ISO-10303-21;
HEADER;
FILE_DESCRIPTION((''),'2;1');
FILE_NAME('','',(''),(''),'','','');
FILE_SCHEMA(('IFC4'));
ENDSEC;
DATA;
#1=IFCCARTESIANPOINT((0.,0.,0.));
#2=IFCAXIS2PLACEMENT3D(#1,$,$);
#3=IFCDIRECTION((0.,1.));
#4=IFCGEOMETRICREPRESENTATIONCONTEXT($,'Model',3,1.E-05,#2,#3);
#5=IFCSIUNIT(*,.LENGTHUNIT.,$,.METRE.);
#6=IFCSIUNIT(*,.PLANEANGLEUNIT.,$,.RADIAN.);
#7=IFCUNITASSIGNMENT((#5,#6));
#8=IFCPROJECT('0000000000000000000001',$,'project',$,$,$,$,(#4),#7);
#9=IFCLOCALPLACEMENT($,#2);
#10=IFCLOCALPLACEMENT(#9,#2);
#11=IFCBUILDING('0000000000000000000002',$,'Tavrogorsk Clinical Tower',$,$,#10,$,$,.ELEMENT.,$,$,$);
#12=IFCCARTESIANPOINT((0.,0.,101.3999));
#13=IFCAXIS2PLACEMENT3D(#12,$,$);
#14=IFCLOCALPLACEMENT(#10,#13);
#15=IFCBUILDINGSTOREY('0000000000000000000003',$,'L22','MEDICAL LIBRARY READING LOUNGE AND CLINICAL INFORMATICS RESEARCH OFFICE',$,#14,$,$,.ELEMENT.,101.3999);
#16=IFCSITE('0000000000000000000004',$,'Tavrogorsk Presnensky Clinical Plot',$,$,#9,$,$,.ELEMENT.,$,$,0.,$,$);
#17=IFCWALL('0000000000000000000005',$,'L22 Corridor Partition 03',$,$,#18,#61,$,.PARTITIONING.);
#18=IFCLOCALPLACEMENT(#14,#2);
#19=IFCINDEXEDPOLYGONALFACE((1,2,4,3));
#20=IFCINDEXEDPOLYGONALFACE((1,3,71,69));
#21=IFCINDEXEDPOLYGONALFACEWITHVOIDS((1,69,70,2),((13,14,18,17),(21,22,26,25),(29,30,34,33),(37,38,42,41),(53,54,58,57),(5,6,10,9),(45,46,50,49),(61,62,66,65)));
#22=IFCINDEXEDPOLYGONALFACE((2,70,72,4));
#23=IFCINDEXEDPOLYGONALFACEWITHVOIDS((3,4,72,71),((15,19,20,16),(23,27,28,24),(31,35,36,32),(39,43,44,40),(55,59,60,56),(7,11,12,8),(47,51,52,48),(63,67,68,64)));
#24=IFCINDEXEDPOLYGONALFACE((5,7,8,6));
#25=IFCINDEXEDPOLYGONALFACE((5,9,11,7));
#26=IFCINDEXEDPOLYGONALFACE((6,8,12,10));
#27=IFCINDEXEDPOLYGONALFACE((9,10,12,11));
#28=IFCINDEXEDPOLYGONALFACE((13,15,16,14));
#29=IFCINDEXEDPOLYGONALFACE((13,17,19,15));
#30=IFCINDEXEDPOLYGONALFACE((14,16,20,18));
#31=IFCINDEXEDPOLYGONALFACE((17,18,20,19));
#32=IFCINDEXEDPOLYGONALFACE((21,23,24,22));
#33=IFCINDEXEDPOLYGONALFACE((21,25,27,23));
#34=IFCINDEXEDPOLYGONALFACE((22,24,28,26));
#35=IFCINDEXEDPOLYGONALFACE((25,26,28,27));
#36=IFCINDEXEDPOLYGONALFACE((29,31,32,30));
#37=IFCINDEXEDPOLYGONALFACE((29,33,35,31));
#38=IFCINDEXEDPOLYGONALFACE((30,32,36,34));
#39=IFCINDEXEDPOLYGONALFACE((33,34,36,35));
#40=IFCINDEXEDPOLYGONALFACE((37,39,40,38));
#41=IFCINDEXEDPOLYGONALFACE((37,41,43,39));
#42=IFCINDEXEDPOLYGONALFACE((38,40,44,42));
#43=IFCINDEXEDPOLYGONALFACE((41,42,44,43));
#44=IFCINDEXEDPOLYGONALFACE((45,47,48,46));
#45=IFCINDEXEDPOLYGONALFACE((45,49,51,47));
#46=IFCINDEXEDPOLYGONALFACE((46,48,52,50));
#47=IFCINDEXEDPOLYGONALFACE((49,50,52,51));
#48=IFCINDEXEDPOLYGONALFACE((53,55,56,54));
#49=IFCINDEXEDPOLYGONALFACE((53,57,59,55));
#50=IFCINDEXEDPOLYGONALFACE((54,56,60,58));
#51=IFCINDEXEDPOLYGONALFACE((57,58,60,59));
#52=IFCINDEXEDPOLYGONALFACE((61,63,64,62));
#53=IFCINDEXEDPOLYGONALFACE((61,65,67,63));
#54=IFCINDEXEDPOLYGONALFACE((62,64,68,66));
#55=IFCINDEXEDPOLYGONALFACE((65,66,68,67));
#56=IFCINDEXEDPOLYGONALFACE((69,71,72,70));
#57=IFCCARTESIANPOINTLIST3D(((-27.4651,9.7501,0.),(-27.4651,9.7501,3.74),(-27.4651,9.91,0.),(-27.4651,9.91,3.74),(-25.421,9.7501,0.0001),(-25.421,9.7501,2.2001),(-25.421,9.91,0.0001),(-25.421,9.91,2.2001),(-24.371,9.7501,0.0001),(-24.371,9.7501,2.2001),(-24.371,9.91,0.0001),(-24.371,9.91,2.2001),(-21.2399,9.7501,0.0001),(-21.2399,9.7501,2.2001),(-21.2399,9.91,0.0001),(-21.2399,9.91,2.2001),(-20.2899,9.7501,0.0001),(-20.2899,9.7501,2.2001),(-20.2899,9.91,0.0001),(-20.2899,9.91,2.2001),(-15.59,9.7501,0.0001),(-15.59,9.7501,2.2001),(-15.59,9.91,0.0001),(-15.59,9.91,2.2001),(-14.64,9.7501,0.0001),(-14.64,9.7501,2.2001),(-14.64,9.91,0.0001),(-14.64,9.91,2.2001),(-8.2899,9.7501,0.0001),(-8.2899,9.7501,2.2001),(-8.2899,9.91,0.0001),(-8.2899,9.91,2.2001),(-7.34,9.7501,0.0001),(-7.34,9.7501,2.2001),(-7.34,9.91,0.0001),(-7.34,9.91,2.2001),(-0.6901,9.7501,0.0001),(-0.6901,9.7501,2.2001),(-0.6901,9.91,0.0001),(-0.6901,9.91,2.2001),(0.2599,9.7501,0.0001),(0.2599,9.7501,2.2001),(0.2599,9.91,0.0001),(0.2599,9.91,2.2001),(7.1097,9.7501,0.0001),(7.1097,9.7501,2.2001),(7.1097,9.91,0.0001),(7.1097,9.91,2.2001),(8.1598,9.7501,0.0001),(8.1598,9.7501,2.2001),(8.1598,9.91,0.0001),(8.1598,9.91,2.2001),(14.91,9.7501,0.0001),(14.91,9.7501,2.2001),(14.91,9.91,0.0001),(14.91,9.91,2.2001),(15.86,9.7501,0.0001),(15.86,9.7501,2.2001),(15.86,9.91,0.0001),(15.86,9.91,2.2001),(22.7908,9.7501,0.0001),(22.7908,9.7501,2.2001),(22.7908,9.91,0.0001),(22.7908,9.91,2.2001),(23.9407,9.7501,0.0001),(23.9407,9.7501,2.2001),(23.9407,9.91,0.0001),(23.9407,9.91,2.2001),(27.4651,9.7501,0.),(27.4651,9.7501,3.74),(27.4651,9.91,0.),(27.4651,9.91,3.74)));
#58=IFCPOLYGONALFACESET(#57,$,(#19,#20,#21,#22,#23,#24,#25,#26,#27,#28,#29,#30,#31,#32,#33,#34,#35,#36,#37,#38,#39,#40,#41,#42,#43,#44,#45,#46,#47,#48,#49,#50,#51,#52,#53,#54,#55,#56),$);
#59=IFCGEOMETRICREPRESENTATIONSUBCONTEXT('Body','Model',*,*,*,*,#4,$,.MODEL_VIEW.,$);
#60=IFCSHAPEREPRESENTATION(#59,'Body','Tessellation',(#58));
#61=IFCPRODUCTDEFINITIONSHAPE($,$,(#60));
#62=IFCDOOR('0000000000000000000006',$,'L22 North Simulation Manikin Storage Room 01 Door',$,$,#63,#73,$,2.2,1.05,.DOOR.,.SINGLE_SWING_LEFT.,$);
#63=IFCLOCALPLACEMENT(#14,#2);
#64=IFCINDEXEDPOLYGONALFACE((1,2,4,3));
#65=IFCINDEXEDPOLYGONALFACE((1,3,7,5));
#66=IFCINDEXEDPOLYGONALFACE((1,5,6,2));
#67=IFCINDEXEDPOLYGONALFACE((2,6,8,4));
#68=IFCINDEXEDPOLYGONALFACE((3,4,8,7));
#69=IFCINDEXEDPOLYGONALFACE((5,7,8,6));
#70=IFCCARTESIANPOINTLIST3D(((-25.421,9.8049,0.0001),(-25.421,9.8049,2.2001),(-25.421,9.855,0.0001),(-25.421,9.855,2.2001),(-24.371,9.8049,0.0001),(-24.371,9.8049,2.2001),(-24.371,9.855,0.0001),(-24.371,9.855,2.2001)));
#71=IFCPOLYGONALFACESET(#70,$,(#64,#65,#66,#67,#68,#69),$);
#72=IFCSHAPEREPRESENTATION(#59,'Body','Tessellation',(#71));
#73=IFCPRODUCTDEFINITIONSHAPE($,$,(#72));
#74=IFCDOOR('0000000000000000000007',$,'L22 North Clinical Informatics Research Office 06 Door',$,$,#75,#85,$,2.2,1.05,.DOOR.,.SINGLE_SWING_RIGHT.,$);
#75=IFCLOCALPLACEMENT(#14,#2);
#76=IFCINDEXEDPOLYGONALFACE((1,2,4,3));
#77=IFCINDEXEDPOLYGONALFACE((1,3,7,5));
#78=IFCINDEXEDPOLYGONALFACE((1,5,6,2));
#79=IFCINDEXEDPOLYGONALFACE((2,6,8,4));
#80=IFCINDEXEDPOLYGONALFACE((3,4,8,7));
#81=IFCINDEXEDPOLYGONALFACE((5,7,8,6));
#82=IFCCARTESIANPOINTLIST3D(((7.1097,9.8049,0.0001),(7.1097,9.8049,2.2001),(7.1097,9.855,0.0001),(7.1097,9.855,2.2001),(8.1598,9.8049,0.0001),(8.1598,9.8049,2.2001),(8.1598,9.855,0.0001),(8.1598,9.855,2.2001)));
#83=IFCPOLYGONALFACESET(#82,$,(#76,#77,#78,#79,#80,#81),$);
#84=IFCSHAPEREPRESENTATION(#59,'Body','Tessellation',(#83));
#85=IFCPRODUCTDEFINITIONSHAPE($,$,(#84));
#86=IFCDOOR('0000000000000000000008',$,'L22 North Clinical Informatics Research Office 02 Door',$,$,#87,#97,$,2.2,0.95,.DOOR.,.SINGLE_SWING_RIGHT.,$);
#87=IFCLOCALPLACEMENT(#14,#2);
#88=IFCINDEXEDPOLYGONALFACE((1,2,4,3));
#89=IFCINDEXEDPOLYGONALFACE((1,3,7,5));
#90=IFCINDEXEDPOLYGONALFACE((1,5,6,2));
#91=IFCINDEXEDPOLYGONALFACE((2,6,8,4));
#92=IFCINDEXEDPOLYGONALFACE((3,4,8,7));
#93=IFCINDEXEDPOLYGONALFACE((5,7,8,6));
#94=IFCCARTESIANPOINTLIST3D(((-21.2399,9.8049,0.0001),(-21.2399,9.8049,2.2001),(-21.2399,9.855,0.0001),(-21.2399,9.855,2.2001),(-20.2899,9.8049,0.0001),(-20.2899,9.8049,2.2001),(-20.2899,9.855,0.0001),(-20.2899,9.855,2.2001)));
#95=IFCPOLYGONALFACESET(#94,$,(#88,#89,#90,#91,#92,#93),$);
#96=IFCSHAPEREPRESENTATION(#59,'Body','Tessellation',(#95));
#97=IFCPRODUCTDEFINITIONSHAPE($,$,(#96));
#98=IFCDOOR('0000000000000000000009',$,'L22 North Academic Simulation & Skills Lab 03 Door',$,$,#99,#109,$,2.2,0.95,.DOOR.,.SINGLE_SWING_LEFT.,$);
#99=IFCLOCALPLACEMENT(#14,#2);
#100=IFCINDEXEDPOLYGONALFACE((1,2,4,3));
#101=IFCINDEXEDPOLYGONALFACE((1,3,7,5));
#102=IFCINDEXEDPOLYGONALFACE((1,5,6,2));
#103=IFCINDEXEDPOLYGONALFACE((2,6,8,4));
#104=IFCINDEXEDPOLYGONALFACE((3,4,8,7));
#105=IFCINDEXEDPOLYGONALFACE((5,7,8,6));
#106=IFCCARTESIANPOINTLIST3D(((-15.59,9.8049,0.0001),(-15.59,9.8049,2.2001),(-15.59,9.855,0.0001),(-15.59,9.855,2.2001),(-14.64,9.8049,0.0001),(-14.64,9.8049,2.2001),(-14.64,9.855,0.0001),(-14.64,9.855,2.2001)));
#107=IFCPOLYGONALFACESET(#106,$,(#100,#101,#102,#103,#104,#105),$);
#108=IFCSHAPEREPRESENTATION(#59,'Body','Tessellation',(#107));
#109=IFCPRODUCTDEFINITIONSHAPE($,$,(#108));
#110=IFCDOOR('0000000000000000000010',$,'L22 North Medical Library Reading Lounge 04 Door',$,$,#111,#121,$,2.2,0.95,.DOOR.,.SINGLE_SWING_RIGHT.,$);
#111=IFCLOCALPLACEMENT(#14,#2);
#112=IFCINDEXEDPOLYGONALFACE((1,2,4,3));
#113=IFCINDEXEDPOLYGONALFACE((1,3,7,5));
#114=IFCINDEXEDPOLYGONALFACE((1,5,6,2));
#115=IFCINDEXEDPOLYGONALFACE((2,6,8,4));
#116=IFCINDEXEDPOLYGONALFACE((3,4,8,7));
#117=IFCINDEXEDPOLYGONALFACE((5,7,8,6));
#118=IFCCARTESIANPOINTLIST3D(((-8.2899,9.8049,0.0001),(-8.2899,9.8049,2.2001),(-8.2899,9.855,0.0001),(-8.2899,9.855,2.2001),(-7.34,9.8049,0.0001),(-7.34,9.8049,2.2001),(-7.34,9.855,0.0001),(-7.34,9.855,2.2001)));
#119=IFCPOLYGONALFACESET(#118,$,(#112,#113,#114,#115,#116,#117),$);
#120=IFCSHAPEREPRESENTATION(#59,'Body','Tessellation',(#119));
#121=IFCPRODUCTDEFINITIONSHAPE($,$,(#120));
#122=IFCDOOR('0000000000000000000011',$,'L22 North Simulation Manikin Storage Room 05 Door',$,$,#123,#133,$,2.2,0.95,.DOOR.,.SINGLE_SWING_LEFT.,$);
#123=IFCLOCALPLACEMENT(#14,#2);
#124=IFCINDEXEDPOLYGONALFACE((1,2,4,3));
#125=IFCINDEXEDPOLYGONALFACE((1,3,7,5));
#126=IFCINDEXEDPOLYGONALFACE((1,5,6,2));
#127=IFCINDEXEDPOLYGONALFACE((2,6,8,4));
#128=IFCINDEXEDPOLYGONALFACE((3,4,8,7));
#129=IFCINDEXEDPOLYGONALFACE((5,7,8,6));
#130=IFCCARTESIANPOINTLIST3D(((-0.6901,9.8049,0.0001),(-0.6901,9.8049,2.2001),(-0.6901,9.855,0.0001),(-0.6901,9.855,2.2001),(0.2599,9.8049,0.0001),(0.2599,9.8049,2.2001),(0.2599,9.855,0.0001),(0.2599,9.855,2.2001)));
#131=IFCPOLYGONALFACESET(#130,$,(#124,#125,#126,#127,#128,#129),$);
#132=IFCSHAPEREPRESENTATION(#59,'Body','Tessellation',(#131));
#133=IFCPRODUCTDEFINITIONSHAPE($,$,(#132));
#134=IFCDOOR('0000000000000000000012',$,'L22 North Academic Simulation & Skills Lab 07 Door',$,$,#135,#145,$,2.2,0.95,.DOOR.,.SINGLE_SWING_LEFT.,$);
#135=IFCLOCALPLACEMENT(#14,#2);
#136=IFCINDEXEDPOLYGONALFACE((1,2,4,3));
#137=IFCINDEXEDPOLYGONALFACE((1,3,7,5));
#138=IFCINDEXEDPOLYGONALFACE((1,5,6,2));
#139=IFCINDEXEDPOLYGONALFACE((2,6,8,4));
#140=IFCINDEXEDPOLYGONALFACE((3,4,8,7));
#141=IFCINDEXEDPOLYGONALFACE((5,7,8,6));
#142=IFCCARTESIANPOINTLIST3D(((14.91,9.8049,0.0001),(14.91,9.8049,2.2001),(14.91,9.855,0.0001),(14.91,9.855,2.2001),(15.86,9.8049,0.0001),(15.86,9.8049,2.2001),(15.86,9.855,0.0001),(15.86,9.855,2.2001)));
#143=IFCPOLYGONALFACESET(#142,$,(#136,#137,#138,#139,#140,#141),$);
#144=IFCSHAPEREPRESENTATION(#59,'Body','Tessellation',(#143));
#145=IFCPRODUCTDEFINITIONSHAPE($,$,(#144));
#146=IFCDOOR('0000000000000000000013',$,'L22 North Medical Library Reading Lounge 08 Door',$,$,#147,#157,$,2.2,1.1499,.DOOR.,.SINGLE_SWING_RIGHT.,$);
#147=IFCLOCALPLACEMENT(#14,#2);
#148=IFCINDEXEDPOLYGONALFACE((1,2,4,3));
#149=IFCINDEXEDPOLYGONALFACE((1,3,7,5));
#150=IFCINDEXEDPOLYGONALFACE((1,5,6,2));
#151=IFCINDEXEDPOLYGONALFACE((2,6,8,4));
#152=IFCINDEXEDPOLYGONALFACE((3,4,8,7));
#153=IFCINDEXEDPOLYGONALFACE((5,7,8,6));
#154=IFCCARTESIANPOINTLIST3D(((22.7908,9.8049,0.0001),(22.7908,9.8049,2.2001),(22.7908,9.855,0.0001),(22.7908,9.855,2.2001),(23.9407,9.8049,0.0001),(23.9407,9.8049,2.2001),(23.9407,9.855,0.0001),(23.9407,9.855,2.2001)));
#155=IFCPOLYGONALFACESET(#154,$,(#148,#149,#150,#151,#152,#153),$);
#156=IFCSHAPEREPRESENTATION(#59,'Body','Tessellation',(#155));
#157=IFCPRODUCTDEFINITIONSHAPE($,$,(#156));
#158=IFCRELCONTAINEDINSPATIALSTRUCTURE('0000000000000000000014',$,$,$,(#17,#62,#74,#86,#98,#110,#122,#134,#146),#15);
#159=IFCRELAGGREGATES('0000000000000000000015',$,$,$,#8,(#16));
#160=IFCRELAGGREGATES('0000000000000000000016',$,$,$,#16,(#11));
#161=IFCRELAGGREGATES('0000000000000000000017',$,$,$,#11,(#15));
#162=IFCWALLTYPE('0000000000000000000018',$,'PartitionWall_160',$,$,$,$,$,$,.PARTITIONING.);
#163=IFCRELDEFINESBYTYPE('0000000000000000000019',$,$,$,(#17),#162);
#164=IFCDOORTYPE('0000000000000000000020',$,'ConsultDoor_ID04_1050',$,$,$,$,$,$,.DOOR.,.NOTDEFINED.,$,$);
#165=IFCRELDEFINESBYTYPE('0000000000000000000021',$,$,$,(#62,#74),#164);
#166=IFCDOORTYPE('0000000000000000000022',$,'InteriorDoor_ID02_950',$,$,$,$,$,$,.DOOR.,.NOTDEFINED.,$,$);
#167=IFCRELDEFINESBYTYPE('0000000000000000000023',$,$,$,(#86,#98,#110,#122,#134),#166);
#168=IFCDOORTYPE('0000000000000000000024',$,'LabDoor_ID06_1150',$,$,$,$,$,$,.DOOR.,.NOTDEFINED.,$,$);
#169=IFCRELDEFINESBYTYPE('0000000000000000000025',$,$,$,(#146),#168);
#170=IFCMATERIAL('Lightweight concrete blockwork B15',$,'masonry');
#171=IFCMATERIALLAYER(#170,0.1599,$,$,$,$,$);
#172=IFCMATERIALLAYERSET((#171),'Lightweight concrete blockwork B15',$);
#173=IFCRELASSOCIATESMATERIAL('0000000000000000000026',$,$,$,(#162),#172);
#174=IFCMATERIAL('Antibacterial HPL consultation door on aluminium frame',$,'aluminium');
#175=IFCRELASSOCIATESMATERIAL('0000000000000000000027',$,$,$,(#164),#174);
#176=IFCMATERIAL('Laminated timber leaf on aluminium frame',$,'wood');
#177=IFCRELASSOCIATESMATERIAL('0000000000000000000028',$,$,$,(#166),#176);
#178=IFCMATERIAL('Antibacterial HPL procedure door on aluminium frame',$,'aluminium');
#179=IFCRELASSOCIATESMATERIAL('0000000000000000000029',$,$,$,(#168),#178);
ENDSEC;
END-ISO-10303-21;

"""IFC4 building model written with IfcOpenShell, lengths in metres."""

from ifc_helpers import new_model, si_unit, direction, frame, frame_2d, origin, place, context, subcontext, project, spatial, rectangle, extrude, material, layer, layer_set, type_object, element, fill, save


model = new_model("IFC4")

# Units and contexts
model_context = context("Model", 3, precision=1e-05, world=origin(), true_north=direction((0.0, 1.0)))
body_context = subcontext(model_context, "Body", "Model", "MODEL_VIEW")
ifc_project = project(units=[si_unit("LENGTHUNIT", "METRE"), si_unit("PLANEANGLEUNIT", "RADIAN")], contexts=[model_context])

# Site, building, storey
site_placement = place(None, origin())
site = spatial("IfcSite", under=ifc_project, at=site_placement, Name="Tavrogorsk Presnensky Clinical Plot", CompositionType="ELEMENT", RefElevation=0.0)
building_placement = place(site_placement, origin())
building = spatial("IfcBuilding", under=site, at=building_placement, Name="Tavrogorsk Clinical Tower", CompositionType="ELEMENT")
storey_placement = place(building_placement, frame((0.0, 0.0, 101.3999)))
storey = spatial("IfcBuildingStorey", under=building, at=storey_placement, Name="L22", Description="MEDICAL LIBRARY READING LOUNGE AND CLINICAL INFORMATICS RESEARCH OFFICE", CompositionType="ELEMENT", Elevation=101.3999)

# Wall, openings, doors
ifc_material_1 = material(Name="Lightweight concrete blockwork B15", Category="masonry")
ifc_layer_1 = layer(ifc_material_1, 0.1599)
ifc_layer_set_1 = layer_set([ifc_layer_1], Name="Lightweight concrete blockwork B15")
wall_type_1 = type_object("IfcWallType", Name="PartitionWall_160", PredefinedType="PARTITIONING", material=ifc_layer_set_1)
wall_1_placement = place(storey_placement, frame((-27.4651, 9.8301, 0.0), z_axis=(0.0, 0.0, 1.0), x_axis=(1.0, 0.0, 0.0)))
wall_1 = element("IfcWall", 1, at=wall_1_placement, inside=storey, type_object=wall_type_1, Name="L22 Corridor Partition 03", PredefinedType="PARTITIONING", context=body_context, shape_type="SweptSolid", body=[
    extrude(rectangle(XDim=54.9302, YDim=0.1599, at=frame_2d((27.4651, 0.0))), origin(), (0.0, 0.0, 1.0), 3.74),
])
opening_1_placement = place(wall_1_placement, frame((2.0442, 0.0, 0.0)))
opening_1 = element("IfcOpeningElement", 2, at=opening_1_placement, cuts=wall_1, PredefinedType="OPENING", context=body_context, shape_type="SweptSolid", body=[
    extrude(rectangle(XDim=1.05, YDim=2.2, at=frame_2d((0.5249, 1.1001))), frame((0.0, 0.0898, 0.0), z_axis=(0.0, -1.0, 0.0), x_axis=(1.0, 0.0, 0.0)), (0.0, 0.0, 1.0), 0.1799),
])
opening_2_placement = place(wall_1_placement, frame((6.2251, 0.0, 0.0)))
opening_2 = element("IfcOpeningElement", 3, at=opening_2_placement, cuts=wall_1, PredefinedType="OPENING", context=body_context, shape_type="SweptSolid", body=[
    extrude(rectangle(XDim=0.95, YDim=2.2, at=frame_2d((0.4751, 1.1001))), frame((0.0, 0.0898, 0.0), z_axis=(0.0, -1.0, 0.0), x_axis=(1.0, 0.0, 0.0)), (0.0, 0.0, 1.0), 0.1799),
])
opening_3_placement = place(wall_1_placement, frame((11.875, 0.0, 0.0)))
opening_3 = element("IfcOpeningElement", 4, at=opening_3_placement, cuts=wall_1, PredefinedType="OPENING", context=body_context, shape_type="SweptSolid", body=[
    extrude(rectangle(XDim=0.95, YDim=2.2, at=frame_2d((0.4751, 1.1001))), frame((0.0, 0.0898, 0.0), z_axis=(0.0, -1.0, 0.0), x_axis=(1.0, 0.0, 0.0)), (0.0, 0.0, 1.0), 0.1799),
])
opening_4_placement = place(wall_1_placement, frame((19.175, 0.0, 0.0)))
opening_4 = element("IfcOpeningElement", 5, at=opening_4_placement, cuts=wall_1, PredefinedType="OPENING", context=body_context, shape_type="SweptSolid", body=[
    extrude(rectangle(XDim=0.95, YDim=2.2, at=frame_2d((0.4751, 1.1001))), frame((0.0, 0.0898, 0.0), z_axis=(0.0, -1.0, 0.0), x_axis=(1.0, 0.0, 0.0)), (0.0, 0.0, 1.0), 0.1799),
])
opening_5_placement = place(wall_1_placement, frame((26.7749, 0.0, 0.0)))
opening_5 = element("IfcOpeningElement", 6, at=opening_5_placement, cuts=wall_1, PredefinedType="OPENING", context=body_context, shape_type="SweptSolid", body=[
    extrude(rectangle(XDim=0.95, YDim=2.2, at=frame_2d((0.4751, 1.1001))), frame((0.0, 0.0898, 0.0), z_axis=(0.0, -1.0, 0.0), x_axis=(1.0, 0.0, 0.0)), (0.0, 0.0, 1.0), 0.1799),
])
opening_6_placement = place(wall_1_placement, frame((34.575, 0.0, 0.0)))
opening_6 = element("IfcOpeningElement", 7, at=opening_6_placement, cuts=wall_1, PredefinedType="OPENING", context=body_context, shape_type="SweptSolid", body=[
    extrude(rectangle(XDim=1.05, YDim=2.2, at=frame_2d((0.5249, 1.1001))), frame((0.0, 0.0898, 0.0), z_axis=(0.0, -1.0, 0.0), x_axis=(1.0, 0.0, 0.0)), (0.0, 0.0, 1.0), 0.1799),
])
opening_7_placement = place(wall_1_placement, frame((42.375, 0.0, 0.0)))
opening_7 = element("IfcOpeningElement", 8, at=opening_7_placement, cuts=wall_1, PredefinedType="OPENING", context=body_context, shape_type="SweptSolid", body=[
    extrude(rectangle(XDim=0.95, YDim=2.2, at=frame_2d((0.4751, 1.1001))), frame((0.0, 0.0898, 0.0), z_axis=(0.0, -1.0, 0.0), x_axis=(1.0, 0.0, 0.0)), (0.0, 0.0, 1.0), 0.1799),
])
opening_8_placement = place(wall_1_placement, frame((50.2559, 0.0, 0.0)))
opening_8 = element("IfcOpeningElement", 9, at=opening_8_placement, cuts=wall_1, PredefinedType="OPENING", context=body_context, shape_type="SweptSolid", body=[
    extrude(rectangle(XDim=1.1499, YDim=2.2, at=frame_2d((0.575, 1.1001))), frame((0.0, 0.0898, 0.0), z_axis=(0.0, -1.0, 0.0), x_axis=(1.0, 0.0, 0.0)), (0.0, 0.0, 1.0), 0.1799),
])
ifc_material_2 = material(Name="Antibacterial HPL consultation door on aluminium frame", Category="aluminium")
door_type_1 = type_object("IfcDoorType", Name="ConsultDoor_ID04_1050", OperationType="NOTDEFINED", PredefinedType="DOOR", material=ifc_material_2)
door_1_placement = place(opening_1_placement, origin())
door_1 = element("IfcDoor", 10, at=door_1_placement, inside=storey, type_object=door_type_1, Name="L22 North Simulation Manikin Storage Room 01 Door", OperationType="SINGLE_SWING_LEFT", OverallHeight=2.2, OverallWidth=1.05, PredefinedType="DOOR", context=body_context, shape_type="SweptSolid", body=[
    extrude(rectangle(XDim=1.05, YDim=2.2, at=frame_2d((0.5249, 1.1001))), frame((0.0, 0.0249, 0.0), z_axis=(0.0, -1.0, 0.0), x_axis=(1.0, 0.0, 0.0)), (0.0, 0.0, 1.0), 0.05),
])
fill(opening_1, door_1)
door_2_placement = place(opening_6_placement, origin())
door_2 = element("IfcDoor", 11, at=door_2_placement, inside=storey, type_object=door_type_1, Name="L22 North Clinical Informatics Research Office 06 Door", OperationType="SINGLE_SWING_RIGHT", OverallHeight=2.2, OverallWidth=1.05, PredefinedType="DOOR", context=body_context, shape_type="SweptSolid", body=[
    extrude(rectangle(XDim=1.05, YDim=2.2, at=frame_2d((0.5249, 1.1001))), frame((0.0, 0.0249, 0.0), z_axis=(0.0, -1.0, 0.0), x_axis=(1.0, 0.0, 0.0)), (0.0, 0.0, 1.0), 0.05),
])
fill(opening_6, door_2)
ifc_material_3 = material(Name="Laminated timber leaf on aluminium frame", Category="wood")
door_type_2 = type_object("IfcDoorType", Name="InteriorDoor_ID02_950", OperationType="NOTDEFINED", PredefinedType="DOOR", material=ifc_material_3)
door_3_placement = place(opening_2_placement, origin())
door_3 = element("IfcDoor", 12, at=door_3_placement, inside=storey, type_object=door_type_2, Name="L22 North Clinical Informatics Research Office 02 Door", OperationType="SINGLE_SWING_RIGHT", OverallHeight=2.2, OverallWidth=0.95, PredefinedType="DOOR", context=body_context, shape_type="SweptSolid", body=[
    extrude(rectangle(XDim=0.95, YDim=2.2, at=frame_2d((0.4751, 1.1001))), frame((0.0, 0.0249, 0.0), z_axis=(0.0, -1.0, 0.0), x_axis=(1.0, 0.0, 0.0)), (0.0, 0.0, 1.0), 0.05),
])
fill(opening_2, door_3)
door_4_placement = place(opening_3_placement, origin())
door_4 = element("IfcDoor", 13, at=door_4_placement, inside=storey, type_object=door_type_2, Name="L22 North Academic Simulation & Skills Lab 03 Door", OperationType="SINGLE_SWING_LEFT", OverallHeight=2.2, OverallWidth=0.95, PredefinedType="DOOR", context=body_context, shape_type="SweptSolid", body=[
    extrude(rectangle(XDim=0.95, YDim=2.2, at=frame_2d((0.4751, 1.1001))), frame((0.0, 0.0249, 0.0), z_axis=(0.0, -1.0, 0.0), x_axis=(1.0, 0.0, 0.0)), (0.0, 0.0, 1.0), 0.05),
])
fill(opening_3, door_4)
door_5_placement = place(opening_4_placement, origin())
door_5 = element("IfcDoor", 14, at=door_5_placement, inside=storey, type_object=door_type_2, Name="L22 North Medical Library Reading Lounge 04 Door", OperationType="SINGLE_SWING_RIGHT", OverallHeight=2.2, OverallWidth=0.95, PredefinedType="DOOR", context=body_context, shape_type="SweptSolid", body=[
    extrude(rectangle(XDim=0.95, YDim=2.2, at=frame_2d((0.4751, 1.1001))), frame((0.0, 0.0249, 0.0), z_axis=(0.0, -1.0, 0.0), x_axis=(1.0, 0.0, 0.0)), (0.0, 0.0, 1.0), 0.05),
])
fill(opening_4, door_5)
door_6_placement = place(opening_5_placement, origin())
door_6 = element("IfcDoor", 15, at=door_6_placement, inside=storey, type_object=door_type_2, Name="L22 North Simulation Manikin Storage Room 05 Door", OperationType="SINGLE_SWING_LEFT", OverallHeight=2.2, OverallWidth=0.95, PredefinedType="DOOR", context=body_context, shape_type="SweptSolid", body=[
    extrude(rectangle(XDim=0.95, YDim=2.2, at=frame_2d((0.4751, 1.1001))), frame((0.0, 0.0249, 0.0), z_axis=(0.0, -1.0, 0.0), x_axis=(1.0, 0.0, 0.0)), (0.0, 0.0, 1.0), 0.05),
])
fill(opening_5, door_6)
door_7_placement = place(opening_7_placement, origin())
door_7 = element("IfcDoor", 16, at=door_7_placement, inside=storey, type_object=door_type_2, Name="L22 North Academic Simulation & Skills Lab 07 Door", OperationType="SINGLE_SWING_LEFT", OverallHeight=2.2, OverallWidth=0.95, PredefinedType="DOOR", context=body_context, shape_type="SweptSolid", body=[
    extrude(rectangle(XDim=0.95, YDim=2.2, at=frame_2d((0.4751, 1.1001))), frame((0.0, 0.0249, 0.0), z_axis=(0.0, -1.0, 0.0), x_axis=(1.0, 0.0, 0.0)), (0.0, 0.0, 1.0), 0.05),
])
fill(opening_7, door_7)
ifc_material_4 = material(Name="Antibacterial HPL procedure door on aluminium frame", Category="aluminium")
door_type_3 = type_object("IfcDoorType", Name="LabDoor_ID06_1150", OperationType="NOTDEFINED", PredefinedType="DOOR", material=ifc_material_4)
door_8_placement = place(opening_8_placement, origin())
door_8 = element("IfcDoor", 17, at=door_8_placement, inside=storey, type_object=door_type_3, Name="L22 North Medical Library Reading Lounge 08 Door", OperationType="SINGLE_SWING_RIGHT", OverallHeight=2.2, OverallWidth=1.1499, PredefinedType="DOOR", context=body_context, shape_type="SweptSolid", body=[
    extrude(rectangle(XDim=1.1499, YDim=2.2, at=frame_2d((0.575, 1.1001))), frame((0.0, 0.0249, 0.0), z_axis=(0.0, -1.0, 0.0), x_axis=(1.0, 0.0, 0.0)), (0.0, 0.0, 1.0), 0.05),
])
fill(opening_8, door_8)

save(model, "model.ifc")
